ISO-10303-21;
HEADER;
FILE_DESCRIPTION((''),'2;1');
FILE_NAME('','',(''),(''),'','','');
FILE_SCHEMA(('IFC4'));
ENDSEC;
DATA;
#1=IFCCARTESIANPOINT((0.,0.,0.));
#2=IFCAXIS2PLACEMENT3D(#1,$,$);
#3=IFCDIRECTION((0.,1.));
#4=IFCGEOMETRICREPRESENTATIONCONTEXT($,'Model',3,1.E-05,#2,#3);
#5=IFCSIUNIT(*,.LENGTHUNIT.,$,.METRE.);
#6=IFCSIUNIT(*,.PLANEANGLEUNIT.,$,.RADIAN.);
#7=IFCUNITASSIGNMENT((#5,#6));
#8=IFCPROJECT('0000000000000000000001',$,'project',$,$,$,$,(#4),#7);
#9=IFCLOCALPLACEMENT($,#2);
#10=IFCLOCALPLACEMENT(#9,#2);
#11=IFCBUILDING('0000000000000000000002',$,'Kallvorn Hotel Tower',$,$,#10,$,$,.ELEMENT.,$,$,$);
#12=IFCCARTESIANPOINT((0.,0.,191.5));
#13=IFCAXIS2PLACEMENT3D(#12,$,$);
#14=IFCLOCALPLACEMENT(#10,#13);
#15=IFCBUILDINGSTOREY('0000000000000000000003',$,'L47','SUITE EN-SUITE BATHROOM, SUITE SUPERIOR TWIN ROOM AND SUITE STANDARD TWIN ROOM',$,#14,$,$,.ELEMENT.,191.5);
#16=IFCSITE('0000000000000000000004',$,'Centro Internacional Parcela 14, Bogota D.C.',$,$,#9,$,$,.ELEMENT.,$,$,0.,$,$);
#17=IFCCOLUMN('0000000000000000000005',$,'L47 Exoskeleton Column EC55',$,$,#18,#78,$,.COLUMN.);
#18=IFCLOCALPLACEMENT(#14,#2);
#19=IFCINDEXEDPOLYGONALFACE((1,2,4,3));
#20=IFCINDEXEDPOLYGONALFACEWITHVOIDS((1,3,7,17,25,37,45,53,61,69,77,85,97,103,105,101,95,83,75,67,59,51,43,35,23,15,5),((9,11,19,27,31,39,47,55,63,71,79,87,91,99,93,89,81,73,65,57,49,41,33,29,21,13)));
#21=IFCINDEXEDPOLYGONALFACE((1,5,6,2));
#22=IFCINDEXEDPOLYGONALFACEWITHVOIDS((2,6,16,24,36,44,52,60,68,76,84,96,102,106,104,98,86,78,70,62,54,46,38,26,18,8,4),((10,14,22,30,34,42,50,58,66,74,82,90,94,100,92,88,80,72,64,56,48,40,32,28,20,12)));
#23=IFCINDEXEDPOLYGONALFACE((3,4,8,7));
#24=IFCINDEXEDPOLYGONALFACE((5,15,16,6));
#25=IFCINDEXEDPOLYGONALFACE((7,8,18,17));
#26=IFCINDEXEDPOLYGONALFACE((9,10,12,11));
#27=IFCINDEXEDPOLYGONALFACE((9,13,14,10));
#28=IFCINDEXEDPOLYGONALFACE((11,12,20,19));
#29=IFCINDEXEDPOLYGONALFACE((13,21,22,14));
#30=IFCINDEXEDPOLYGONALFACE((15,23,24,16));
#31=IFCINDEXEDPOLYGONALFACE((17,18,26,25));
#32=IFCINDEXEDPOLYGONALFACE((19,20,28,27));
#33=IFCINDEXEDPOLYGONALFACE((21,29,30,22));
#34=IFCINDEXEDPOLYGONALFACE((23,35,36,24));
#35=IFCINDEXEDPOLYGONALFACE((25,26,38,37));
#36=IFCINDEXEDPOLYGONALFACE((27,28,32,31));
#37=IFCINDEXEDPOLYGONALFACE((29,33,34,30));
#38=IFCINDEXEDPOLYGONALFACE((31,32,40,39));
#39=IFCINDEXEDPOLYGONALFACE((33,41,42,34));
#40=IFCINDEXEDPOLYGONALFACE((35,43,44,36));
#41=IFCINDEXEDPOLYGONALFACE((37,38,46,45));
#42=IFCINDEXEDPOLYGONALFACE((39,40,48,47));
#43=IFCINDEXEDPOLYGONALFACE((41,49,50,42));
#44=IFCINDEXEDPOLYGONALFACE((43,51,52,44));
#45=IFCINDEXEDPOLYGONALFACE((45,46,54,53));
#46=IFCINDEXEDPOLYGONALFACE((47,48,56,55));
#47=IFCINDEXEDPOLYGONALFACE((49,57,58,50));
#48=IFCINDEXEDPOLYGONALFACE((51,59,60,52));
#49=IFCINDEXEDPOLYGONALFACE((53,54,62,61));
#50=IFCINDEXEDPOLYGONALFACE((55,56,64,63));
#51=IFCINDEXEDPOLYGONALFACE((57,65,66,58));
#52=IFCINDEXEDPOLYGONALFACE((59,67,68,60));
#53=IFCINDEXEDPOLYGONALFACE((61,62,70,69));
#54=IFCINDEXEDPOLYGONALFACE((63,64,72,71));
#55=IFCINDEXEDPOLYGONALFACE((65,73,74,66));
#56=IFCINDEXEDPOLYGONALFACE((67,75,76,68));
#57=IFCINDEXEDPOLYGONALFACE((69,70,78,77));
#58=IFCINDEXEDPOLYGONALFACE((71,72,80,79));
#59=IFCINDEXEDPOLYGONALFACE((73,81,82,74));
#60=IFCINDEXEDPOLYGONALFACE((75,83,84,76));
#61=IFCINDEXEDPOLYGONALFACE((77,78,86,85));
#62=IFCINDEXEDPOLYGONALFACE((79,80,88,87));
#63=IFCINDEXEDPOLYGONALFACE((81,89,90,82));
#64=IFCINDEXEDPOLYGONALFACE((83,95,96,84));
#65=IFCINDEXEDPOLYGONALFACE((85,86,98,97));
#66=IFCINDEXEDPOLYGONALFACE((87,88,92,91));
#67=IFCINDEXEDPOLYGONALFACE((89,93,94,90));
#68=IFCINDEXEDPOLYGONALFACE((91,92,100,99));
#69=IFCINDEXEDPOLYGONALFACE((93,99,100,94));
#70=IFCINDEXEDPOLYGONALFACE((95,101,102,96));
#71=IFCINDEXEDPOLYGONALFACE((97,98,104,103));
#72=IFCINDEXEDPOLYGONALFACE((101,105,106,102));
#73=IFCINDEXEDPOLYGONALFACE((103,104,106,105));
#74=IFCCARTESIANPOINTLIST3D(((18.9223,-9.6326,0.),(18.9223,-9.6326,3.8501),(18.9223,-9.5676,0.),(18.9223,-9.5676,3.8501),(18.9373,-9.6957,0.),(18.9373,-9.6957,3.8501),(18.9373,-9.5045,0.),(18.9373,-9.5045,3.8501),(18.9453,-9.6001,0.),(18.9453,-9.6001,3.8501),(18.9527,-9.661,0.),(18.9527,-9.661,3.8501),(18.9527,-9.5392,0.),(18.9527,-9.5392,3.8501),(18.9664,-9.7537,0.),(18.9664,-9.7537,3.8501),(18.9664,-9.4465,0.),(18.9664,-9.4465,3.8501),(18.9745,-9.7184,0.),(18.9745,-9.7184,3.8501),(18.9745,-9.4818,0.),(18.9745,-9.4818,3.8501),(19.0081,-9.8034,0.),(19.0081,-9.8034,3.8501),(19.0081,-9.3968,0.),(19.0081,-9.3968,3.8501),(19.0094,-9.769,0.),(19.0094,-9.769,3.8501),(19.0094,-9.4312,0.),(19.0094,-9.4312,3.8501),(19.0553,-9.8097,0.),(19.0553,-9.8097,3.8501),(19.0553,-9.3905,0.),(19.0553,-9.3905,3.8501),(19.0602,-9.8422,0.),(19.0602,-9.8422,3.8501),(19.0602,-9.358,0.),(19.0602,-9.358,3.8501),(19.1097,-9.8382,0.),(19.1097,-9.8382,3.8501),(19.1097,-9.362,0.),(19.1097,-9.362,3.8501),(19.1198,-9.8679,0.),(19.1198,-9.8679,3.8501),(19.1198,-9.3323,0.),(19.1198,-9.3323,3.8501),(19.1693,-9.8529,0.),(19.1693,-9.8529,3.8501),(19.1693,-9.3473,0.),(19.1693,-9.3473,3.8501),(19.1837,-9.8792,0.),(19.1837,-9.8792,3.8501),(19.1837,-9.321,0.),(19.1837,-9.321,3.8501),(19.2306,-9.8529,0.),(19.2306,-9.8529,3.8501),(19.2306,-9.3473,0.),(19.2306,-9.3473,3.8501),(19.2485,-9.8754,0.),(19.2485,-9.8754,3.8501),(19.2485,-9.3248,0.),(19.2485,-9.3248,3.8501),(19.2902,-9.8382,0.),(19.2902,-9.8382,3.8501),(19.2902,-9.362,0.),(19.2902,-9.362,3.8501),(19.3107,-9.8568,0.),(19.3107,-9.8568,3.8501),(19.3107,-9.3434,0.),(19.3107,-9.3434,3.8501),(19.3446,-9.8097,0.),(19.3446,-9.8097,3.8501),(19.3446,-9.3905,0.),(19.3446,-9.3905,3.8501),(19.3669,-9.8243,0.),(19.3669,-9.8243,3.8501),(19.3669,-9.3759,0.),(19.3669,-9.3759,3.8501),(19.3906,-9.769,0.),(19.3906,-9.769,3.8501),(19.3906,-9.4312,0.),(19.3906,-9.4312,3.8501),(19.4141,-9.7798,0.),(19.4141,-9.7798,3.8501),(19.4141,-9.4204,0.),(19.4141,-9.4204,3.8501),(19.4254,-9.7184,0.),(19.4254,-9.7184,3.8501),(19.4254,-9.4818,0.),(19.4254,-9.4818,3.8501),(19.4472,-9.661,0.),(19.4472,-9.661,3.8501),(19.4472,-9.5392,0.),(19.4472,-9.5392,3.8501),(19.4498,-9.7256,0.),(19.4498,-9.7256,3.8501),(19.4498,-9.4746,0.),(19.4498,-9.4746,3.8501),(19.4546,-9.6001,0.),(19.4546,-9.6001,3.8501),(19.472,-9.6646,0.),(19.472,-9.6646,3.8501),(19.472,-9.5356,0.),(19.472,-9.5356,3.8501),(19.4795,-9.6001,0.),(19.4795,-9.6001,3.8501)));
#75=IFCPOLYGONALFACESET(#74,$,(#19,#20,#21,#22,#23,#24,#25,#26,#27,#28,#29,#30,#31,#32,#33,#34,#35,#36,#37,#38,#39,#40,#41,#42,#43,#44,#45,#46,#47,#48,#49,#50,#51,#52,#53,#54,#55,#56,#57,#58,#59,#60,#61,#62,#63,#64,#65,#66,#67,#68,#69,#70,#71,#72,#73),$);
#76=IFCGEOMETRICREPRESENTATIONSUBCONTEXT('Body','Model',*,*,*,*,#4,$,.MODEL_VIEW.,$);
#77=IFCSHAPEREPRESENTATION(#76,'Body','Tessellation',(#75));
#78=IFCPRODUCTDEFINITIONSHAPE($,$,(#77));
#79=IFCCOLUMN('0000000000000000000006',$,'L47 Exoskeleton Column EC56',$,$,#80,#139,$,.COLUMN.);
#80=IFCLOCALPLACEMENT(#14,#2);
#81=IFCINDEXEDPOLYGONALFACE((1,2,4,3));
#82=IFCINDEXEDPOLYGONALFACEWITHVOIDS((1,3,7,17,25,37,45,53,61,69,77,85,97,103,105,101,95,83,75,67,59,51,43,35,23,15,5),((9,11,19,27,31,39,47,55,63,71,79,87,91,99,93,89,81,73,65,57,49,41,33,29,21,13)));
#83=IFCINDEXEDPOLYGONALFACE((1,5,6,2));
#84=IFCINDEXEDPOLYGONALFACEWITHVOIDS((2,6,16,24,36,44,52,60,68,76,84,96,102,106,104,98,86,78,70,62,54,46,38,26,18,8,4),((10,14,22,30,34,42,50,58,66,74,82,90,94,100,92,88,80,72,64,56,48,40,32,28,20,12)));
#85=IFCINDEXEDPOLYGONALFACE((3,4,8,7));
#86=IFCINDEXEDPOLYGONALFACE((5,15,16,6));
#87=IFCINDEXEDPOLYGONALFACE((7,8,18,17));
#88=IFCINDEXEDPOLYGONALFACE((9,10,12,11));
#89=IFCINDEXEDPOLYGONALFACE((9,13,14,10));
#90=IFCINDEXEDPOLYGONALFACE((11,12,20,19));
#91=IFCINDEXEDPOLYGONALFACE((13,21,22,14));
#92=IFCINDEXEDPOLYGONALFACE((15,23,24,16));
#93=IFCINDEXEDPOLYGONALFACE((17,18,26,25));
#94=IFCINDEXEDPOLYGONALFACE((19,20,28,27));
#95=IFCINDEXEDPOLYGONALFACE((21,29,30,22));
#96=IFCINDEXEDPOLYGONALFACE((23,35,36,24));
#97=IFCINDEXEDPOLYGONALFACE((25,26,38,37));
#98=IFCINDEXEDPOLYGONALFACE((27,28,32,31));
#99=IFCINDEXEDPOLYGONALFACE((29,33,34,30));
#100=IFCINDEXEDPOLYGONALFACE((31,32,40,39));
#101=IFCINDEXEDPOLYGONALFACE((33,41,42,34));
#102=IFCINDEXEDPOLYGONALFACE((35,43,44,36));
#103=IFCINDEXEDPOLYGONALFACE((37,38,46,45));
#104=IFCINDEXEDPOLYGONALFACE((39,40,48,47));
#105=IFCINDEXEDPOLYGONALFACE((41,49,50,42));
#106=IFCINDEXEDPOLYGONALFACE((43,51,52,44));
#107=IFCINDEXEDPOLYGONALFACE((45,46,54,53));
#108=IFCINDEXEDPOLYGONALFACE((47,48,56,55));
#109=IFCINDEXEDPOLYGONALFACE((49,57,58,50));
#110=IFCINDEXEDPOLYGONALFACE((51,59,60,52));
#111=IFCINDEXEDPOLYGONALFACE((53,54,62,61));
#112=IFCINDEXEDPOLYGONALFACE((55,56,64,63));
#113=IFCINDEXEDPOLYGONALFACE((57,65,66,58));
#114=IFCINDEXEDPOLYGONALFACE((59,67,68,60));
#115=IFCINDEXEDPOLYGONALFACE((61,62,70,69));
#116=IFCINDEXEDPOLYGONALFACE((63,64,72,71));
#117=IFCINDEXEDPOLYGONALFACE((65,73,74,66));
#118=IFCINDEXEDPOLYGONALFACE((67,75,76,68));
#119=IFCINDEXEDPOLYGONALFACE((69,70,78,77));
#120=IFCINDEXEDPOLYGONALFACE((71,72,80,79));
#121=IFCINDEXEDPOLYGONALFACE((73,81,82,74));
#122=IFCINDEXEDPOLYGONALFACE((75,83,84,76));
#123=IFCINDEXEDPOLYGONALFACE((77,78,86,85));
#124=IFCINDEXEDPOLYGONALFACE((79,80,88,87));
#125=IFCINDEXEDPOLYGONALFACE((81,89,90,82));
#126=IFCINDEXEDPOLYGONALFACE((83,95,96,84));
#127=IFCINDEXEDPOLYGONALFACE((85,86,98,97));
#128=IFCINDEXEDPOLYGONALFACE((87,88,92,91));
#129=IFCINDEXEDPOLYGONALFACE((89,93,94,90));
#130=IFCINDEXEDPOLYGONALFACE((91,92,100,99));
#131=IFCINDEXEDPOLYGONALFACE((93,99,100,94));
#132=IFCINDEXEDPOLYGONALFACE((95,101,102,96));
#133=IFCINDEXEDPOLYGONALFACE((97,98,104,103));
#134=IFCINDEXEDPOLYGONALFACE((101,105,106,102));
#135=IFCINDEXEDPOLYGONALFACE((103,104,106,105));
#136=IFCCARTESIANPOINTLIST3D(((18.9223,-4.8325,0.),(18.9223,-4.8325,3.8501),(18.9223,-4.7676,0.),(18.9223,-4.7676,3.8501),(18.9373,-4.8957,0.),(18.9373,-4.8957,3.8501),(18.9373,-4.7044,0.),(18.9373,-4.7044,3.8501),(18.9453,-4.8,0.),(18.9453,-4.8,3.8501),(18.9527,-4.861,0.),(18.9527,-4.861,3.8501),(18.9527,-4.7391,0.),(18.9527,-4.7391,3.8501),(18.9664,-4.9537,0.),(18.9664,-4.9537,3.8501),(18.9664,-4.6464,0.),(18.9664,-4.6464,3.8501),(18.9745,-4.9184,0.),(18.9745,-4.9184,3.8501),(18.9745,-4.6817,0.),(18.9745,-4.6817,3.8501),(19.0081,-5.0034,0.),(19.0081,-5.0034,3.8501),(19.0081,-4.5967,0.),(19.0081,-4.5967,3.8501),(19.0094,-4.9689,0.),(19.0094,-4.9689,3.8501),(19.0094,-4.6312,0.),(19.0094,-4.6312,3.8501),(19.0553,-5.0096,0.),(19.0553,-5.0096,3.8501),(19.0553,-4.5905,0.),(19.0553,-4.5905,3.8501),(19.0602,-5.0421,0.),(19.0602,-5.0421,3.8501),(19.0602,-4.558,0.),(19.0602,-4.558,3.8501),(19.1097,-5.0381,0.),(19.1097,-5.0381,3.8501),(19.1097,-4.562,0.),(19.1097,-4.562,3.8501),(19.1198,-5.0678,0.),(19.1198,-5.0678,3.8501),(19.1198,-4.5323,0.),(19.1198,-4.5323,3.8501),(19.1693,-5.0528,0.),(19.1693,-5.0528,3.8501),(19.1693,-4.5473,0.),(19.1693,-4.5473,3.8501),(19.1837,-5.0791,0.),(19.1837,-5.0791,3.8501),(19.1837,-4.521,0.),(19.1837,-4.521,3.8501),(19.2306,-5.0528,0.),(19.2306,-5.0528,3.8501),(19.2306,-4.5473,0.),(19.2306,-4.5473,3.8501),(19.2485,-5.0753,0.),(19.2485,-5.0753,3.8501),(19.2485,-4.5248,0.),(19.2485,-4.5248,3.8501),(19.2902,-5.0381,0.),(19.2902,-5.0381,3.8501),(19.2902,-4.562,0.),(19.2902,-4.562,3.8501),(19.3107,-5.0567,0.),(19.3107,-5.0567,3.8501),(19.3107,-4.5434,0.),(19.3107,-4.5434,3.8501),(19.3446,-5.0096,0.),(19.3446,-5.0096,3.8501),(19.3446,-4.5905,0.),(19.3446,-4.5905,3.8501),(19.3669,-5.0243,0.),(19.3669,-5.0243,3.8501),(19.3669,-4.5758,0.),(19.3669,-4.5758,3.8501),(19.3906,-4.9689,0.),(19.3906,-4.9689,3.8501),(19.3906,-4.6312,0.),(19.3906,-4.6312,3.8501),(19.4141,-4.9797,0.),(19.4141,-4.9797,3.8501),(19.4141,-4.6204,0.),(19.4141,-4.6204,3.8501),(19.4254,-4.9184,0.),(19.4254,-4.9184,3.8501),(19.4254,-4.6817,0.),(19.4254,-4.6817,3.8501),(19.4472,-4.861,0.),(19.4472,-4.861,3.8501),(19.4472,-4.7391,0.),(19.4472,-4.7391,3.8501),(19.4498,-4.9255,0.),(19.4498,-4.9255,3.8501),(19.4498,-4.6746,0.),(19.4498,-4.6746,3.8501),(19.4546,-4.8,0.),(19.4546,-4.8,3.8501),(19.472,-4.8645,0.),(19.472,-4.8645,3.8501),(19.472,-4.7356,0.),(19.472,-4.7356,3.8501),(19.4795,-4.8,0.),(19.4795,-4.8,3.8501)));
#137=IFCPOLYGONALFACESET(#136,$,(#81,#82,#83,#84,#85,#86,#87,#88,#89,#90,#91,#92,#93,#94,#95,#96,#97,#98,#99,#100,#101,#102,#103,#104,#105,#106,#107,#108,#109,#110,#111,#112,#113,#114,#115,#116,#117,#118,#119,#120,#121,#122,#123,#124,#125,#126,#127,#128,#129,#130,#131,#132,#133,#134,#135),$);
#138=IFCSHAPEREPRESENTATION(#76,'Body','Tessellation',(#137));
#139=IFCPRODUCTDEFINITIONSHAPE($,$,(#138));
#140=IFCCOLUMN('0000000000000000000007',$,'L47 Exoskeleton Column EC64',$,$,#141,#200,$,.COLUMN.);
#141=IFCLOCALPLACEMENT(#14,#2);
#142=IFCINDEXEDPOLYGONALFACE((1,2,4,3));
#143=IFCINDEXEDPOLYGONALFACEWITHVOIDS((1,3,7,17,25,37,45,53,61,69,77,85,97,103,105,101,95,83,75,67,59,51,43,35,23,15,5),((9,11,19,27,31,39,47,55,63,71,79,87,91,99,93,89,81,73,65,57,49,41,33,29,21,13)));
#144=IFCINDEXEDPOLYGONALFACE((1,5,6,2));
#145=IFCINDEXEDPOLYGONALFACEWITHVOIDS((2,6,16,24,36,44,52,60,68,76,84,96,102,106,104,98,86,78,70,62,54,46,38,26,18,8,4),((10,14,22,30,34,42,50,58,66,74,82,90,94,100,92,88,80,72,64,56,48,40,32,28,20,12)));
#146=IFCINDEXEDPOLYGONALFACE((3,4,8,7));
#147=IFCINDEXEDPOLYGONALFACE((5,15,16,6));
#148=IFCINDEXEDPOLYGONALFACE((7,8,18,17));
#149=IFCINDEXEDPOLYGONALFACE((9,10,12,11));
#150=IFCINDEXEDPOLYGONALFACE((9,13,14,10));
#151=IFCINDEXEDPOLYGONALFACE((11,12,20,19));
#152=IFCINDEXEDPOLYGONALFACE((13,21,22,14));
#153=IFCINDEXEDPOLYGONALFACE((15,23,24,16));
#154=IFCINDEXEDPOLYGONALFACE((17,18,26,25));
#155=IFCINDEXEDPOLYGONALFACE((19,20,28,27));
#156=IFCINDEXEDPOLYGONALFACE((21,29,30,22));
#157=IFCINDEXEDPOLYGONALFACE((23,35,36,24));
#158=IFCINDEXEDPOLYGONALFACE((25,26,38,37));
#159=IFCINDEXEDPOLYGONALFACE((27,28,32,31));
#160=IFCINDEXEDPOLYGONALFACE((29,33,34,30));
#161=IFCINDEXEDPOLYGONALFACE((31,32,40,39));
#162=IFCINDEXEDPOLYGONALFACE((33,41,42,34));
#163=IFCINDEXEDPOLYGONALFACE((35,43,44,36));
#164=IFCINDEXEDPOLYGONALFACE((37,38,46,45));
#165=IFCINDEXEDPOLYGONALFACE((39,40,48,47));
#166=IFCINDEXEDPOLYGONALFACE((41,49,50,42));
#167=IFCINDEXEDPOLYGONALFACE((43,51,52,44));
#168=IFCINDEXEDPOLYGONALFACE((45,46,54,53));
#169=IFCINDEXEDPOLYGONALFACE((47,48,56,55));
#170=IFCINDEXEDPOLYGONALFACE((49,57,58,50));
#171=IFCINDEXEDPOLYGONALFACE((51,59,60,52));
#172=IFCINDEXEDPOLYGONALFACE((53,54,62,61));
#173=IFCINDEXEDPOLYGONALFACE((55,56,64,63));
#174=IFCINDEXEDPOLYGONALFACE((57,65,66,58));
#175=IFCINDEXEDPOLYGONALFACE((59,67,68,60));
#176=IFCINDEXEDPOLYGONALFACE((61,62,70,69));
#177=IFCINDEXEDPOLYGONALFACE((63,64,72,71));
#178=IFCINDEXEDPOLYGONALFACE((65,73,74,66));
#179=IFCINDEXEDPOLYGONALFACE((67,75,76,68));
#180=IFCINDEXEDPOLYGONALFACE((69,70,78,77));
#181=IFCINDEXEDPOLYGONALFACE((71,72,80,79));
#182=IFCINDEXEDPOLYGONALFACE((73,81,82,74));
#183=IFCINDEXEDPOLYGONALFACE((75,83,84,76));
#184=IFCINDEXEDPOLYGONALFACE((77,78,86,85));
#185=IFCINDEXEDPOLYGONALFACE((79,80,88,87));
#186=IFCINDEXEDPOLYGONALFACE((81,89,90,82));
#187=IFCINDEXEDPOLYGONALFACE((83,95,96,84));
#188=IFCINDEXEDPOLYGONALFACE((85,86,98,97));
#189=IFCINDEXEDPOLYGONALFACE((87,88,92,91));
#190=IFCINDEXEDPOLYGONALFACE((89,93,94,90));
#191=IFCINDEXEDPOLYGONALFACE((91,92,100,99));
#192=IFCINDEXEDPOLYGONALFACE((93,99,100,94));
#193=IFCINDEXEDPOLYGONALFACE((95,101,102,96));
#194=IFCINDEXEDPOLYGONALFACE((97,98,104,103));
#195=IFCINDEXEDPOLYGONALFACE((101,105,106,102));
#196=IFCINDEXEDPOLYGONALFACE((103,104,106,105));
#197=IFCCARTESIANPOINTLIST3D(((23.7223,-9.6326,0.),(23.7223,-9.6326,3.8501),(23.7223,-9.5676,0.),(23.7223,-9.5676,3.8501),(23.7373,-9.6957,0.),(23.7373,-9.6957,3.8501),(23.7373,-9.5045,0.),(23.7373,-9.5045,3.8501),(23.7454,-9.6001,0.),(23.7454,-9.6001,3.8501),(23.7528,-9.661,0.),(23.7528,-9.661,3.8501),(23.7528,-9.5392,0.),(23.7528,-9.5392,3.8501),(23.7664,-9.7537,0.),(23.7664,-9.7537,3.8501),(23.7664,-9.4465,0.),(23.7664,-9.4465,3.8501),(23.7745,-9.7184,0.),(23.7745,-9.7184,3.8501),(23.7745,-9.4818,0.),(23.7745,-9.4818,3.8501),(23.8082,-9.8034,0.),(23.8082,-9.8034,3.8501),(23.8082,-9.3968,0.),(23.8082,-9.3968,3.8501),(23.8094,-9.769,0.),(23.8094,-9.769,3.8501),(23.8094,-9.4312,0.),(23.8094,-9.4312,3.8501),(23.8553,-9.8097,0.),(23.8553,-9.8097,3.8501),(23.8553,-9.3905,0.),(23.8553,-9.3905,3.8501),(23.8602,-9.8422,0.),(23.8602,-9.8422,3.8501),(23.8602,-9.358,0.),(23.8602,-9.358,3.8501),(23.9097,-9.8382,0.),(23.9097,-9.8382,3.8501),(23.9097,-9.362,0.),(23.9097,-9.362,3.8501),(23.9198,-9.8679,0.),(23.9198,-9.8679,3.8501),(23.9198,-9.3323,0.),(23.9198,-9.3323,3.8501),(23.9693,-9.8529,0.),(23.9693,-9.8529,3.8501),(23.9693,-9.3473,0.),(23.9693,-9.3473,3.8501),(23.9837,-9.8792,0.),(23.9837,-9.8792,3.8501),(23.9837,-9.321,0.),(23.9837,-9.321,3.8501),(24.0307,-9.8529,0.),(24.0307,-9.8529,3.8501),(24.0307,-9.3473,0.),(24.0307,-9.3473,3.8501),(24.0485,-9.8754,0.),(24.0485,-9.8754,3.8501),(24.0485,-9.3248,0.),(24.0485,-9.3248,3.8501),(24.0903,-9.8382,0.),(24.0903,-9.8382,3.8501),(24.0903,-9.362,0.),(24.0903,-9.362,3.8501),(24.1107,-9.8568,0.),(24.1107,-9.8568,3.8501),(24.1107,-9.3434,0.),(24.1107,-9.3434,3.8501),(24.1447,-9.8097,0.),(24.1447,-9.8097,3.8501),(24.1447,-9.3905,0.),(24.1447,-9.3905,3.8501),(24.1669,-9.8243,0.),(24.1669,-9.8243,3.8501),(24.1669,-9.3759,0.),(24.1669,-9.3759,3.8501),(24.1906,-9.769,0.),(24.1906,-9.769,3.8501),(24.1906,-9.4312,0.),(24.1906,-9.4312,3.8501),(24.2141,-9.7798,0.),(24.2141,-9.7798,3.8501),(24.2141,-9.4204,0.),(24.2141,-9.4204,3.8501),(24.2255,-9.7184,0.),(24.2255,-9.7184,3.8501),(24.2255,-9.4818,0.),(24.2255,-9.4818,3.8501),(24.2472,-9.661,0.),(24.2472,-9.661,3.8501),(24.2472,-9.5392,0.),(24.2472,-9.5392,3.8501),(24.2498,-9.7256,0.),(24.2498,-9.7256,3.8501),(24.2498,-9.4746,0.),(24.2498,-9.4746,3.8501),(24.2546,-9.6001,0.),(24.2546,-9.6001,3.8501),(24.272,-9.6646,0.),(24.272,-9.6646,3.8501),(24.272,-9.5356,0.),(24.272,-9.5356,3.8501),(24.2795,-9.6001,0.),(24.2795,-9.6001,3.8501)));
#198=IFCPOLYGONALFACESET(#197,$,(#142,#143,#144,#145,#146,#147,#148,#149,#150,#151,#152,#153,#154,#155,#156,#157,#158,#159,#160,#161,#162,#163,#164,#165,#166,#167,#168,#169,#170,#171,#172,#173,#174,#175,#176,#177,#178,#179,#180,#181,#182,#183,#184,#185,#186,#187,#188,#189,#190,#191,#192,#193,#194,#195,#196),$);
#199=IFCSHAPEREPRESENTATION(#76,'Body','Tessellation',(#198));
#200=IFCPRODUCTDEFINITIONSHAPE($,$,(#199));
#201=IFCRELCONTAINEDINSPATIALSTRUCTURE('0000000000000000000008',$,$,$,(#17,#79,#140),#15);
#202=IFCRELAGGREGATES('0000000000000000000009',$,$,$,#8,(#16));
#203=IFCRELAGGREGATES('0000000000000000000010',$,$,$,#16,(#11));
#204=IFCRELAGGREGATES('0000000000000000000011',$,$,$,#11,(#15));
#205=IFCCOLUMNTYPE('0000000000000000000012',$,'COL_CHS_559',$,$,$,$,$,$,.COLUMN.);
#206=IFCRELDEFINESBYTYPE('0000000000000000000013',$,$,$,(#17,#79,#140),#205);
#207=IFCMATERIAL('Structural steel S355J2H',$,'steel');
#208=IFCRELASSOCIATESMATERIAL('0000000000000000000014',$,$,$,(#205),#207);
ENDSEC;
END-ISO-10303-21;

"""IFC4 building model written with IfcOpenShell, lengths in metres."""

from ifc_helpers import new_model, si_unit, direction, frame, origin, origin_2d, place, context, subcontext, project, spatial, hollow_circle, extrude, material, material_profile, profile_set, type_object, element, save


model = new_model("IFC4")

# Units and contexts
model_context = context("Model", 3, precision=1e-05, world=origin(), true_north=direction((0.0, 1.0)))
body_context = subcontext(model_context, "Body", "Model", "MODEL_VIEW")
ifc_project = project(units=[si_unit("LENGTHUNIT", "METRE"), si_unit("PLANEANGLEUNIT", "RADIAN")], contexts=[model_context])

# Site, building, storey
site_placement = place(None, origin())
site = spatial("IfcSite", under=ifc_project, at=site_placement, Name="Centro Internacional Parcela 14, Bogota D.C.", CompositionType="ELEMENT", RefElevation=0.0)
building_placement = place(site_placement, origin())
building = spatial("IfcBuilding", under=site, at=building_placement, Name="Kallvorn Hotel Tower", CompositionType="ELEMENT")
storey_placement = place(building_placement, frame((0.0, 0.0, 191.5)))
storey = spatial("IfcBuildingStorey", under=building, at=storey_placement, Name="L47", Description="SUITE EN-SUITE BATHROOM, SUITE SUPERIOR TWIN ROOM AND SUITE STANDARD TWIN ROOM", CompositionType="ELEMENT", Elevation=191.5)

# Columns
ifc_material_1 = material(Name="Structural steel S355J2H", Category="steel")
ifc_material_profile_1 = material_profile(ifc_material_1, hollow_circle(Radius=0.2795, WallThickness=0.0249, at=origin_2d()), Name="CHS 559x25")
ifc_profile_set_1 = profile_set([ifc_material_profile_1], Name="Structural steel S355J2H")
column_type_1 = type_object("IfcColumnType", Name="COL_CHS_559", PredefinedType="COLUMN", material=ifc_profile_set_1)
for number, where, z_axis, x_axis, name in (
    (1, (19.2, -9.6001, 0.0), (0.0, 0.0, 1.0), (1.0, 0.0, 0.0), "L47 Exoskeleton Column EC55"),
    (2, (19.2, -4.8, 0.0), (0.0, 0.0, 1.0), (1.0, 0.0, 0.0), "L47 Exoskeleton Column EC56"),
    (3, (24.0, -9.6001, 0.0), (0.0, 0.0, 1.0), (1.0, 0.0, 0.0), "L47 Exoskeleton Column EC64"),
):
    element("IfcColumn", number, at=place(storey_placement, frame(where, z_axis=z_axis, x_axis=x_axis)), inside=storey, type_object=column_type_1, Name=name, PredefinedType="COLUMN", context=body_context, shape_type="SweptSolid", body=[
        extrude(hollow_circle(Radius=0.2795, WallThickness=0.0249, at=origin_2d()), origin(), (0.0, 0.0, 1.0), 3.8501),
    ])

save(model, "model.ifc")
